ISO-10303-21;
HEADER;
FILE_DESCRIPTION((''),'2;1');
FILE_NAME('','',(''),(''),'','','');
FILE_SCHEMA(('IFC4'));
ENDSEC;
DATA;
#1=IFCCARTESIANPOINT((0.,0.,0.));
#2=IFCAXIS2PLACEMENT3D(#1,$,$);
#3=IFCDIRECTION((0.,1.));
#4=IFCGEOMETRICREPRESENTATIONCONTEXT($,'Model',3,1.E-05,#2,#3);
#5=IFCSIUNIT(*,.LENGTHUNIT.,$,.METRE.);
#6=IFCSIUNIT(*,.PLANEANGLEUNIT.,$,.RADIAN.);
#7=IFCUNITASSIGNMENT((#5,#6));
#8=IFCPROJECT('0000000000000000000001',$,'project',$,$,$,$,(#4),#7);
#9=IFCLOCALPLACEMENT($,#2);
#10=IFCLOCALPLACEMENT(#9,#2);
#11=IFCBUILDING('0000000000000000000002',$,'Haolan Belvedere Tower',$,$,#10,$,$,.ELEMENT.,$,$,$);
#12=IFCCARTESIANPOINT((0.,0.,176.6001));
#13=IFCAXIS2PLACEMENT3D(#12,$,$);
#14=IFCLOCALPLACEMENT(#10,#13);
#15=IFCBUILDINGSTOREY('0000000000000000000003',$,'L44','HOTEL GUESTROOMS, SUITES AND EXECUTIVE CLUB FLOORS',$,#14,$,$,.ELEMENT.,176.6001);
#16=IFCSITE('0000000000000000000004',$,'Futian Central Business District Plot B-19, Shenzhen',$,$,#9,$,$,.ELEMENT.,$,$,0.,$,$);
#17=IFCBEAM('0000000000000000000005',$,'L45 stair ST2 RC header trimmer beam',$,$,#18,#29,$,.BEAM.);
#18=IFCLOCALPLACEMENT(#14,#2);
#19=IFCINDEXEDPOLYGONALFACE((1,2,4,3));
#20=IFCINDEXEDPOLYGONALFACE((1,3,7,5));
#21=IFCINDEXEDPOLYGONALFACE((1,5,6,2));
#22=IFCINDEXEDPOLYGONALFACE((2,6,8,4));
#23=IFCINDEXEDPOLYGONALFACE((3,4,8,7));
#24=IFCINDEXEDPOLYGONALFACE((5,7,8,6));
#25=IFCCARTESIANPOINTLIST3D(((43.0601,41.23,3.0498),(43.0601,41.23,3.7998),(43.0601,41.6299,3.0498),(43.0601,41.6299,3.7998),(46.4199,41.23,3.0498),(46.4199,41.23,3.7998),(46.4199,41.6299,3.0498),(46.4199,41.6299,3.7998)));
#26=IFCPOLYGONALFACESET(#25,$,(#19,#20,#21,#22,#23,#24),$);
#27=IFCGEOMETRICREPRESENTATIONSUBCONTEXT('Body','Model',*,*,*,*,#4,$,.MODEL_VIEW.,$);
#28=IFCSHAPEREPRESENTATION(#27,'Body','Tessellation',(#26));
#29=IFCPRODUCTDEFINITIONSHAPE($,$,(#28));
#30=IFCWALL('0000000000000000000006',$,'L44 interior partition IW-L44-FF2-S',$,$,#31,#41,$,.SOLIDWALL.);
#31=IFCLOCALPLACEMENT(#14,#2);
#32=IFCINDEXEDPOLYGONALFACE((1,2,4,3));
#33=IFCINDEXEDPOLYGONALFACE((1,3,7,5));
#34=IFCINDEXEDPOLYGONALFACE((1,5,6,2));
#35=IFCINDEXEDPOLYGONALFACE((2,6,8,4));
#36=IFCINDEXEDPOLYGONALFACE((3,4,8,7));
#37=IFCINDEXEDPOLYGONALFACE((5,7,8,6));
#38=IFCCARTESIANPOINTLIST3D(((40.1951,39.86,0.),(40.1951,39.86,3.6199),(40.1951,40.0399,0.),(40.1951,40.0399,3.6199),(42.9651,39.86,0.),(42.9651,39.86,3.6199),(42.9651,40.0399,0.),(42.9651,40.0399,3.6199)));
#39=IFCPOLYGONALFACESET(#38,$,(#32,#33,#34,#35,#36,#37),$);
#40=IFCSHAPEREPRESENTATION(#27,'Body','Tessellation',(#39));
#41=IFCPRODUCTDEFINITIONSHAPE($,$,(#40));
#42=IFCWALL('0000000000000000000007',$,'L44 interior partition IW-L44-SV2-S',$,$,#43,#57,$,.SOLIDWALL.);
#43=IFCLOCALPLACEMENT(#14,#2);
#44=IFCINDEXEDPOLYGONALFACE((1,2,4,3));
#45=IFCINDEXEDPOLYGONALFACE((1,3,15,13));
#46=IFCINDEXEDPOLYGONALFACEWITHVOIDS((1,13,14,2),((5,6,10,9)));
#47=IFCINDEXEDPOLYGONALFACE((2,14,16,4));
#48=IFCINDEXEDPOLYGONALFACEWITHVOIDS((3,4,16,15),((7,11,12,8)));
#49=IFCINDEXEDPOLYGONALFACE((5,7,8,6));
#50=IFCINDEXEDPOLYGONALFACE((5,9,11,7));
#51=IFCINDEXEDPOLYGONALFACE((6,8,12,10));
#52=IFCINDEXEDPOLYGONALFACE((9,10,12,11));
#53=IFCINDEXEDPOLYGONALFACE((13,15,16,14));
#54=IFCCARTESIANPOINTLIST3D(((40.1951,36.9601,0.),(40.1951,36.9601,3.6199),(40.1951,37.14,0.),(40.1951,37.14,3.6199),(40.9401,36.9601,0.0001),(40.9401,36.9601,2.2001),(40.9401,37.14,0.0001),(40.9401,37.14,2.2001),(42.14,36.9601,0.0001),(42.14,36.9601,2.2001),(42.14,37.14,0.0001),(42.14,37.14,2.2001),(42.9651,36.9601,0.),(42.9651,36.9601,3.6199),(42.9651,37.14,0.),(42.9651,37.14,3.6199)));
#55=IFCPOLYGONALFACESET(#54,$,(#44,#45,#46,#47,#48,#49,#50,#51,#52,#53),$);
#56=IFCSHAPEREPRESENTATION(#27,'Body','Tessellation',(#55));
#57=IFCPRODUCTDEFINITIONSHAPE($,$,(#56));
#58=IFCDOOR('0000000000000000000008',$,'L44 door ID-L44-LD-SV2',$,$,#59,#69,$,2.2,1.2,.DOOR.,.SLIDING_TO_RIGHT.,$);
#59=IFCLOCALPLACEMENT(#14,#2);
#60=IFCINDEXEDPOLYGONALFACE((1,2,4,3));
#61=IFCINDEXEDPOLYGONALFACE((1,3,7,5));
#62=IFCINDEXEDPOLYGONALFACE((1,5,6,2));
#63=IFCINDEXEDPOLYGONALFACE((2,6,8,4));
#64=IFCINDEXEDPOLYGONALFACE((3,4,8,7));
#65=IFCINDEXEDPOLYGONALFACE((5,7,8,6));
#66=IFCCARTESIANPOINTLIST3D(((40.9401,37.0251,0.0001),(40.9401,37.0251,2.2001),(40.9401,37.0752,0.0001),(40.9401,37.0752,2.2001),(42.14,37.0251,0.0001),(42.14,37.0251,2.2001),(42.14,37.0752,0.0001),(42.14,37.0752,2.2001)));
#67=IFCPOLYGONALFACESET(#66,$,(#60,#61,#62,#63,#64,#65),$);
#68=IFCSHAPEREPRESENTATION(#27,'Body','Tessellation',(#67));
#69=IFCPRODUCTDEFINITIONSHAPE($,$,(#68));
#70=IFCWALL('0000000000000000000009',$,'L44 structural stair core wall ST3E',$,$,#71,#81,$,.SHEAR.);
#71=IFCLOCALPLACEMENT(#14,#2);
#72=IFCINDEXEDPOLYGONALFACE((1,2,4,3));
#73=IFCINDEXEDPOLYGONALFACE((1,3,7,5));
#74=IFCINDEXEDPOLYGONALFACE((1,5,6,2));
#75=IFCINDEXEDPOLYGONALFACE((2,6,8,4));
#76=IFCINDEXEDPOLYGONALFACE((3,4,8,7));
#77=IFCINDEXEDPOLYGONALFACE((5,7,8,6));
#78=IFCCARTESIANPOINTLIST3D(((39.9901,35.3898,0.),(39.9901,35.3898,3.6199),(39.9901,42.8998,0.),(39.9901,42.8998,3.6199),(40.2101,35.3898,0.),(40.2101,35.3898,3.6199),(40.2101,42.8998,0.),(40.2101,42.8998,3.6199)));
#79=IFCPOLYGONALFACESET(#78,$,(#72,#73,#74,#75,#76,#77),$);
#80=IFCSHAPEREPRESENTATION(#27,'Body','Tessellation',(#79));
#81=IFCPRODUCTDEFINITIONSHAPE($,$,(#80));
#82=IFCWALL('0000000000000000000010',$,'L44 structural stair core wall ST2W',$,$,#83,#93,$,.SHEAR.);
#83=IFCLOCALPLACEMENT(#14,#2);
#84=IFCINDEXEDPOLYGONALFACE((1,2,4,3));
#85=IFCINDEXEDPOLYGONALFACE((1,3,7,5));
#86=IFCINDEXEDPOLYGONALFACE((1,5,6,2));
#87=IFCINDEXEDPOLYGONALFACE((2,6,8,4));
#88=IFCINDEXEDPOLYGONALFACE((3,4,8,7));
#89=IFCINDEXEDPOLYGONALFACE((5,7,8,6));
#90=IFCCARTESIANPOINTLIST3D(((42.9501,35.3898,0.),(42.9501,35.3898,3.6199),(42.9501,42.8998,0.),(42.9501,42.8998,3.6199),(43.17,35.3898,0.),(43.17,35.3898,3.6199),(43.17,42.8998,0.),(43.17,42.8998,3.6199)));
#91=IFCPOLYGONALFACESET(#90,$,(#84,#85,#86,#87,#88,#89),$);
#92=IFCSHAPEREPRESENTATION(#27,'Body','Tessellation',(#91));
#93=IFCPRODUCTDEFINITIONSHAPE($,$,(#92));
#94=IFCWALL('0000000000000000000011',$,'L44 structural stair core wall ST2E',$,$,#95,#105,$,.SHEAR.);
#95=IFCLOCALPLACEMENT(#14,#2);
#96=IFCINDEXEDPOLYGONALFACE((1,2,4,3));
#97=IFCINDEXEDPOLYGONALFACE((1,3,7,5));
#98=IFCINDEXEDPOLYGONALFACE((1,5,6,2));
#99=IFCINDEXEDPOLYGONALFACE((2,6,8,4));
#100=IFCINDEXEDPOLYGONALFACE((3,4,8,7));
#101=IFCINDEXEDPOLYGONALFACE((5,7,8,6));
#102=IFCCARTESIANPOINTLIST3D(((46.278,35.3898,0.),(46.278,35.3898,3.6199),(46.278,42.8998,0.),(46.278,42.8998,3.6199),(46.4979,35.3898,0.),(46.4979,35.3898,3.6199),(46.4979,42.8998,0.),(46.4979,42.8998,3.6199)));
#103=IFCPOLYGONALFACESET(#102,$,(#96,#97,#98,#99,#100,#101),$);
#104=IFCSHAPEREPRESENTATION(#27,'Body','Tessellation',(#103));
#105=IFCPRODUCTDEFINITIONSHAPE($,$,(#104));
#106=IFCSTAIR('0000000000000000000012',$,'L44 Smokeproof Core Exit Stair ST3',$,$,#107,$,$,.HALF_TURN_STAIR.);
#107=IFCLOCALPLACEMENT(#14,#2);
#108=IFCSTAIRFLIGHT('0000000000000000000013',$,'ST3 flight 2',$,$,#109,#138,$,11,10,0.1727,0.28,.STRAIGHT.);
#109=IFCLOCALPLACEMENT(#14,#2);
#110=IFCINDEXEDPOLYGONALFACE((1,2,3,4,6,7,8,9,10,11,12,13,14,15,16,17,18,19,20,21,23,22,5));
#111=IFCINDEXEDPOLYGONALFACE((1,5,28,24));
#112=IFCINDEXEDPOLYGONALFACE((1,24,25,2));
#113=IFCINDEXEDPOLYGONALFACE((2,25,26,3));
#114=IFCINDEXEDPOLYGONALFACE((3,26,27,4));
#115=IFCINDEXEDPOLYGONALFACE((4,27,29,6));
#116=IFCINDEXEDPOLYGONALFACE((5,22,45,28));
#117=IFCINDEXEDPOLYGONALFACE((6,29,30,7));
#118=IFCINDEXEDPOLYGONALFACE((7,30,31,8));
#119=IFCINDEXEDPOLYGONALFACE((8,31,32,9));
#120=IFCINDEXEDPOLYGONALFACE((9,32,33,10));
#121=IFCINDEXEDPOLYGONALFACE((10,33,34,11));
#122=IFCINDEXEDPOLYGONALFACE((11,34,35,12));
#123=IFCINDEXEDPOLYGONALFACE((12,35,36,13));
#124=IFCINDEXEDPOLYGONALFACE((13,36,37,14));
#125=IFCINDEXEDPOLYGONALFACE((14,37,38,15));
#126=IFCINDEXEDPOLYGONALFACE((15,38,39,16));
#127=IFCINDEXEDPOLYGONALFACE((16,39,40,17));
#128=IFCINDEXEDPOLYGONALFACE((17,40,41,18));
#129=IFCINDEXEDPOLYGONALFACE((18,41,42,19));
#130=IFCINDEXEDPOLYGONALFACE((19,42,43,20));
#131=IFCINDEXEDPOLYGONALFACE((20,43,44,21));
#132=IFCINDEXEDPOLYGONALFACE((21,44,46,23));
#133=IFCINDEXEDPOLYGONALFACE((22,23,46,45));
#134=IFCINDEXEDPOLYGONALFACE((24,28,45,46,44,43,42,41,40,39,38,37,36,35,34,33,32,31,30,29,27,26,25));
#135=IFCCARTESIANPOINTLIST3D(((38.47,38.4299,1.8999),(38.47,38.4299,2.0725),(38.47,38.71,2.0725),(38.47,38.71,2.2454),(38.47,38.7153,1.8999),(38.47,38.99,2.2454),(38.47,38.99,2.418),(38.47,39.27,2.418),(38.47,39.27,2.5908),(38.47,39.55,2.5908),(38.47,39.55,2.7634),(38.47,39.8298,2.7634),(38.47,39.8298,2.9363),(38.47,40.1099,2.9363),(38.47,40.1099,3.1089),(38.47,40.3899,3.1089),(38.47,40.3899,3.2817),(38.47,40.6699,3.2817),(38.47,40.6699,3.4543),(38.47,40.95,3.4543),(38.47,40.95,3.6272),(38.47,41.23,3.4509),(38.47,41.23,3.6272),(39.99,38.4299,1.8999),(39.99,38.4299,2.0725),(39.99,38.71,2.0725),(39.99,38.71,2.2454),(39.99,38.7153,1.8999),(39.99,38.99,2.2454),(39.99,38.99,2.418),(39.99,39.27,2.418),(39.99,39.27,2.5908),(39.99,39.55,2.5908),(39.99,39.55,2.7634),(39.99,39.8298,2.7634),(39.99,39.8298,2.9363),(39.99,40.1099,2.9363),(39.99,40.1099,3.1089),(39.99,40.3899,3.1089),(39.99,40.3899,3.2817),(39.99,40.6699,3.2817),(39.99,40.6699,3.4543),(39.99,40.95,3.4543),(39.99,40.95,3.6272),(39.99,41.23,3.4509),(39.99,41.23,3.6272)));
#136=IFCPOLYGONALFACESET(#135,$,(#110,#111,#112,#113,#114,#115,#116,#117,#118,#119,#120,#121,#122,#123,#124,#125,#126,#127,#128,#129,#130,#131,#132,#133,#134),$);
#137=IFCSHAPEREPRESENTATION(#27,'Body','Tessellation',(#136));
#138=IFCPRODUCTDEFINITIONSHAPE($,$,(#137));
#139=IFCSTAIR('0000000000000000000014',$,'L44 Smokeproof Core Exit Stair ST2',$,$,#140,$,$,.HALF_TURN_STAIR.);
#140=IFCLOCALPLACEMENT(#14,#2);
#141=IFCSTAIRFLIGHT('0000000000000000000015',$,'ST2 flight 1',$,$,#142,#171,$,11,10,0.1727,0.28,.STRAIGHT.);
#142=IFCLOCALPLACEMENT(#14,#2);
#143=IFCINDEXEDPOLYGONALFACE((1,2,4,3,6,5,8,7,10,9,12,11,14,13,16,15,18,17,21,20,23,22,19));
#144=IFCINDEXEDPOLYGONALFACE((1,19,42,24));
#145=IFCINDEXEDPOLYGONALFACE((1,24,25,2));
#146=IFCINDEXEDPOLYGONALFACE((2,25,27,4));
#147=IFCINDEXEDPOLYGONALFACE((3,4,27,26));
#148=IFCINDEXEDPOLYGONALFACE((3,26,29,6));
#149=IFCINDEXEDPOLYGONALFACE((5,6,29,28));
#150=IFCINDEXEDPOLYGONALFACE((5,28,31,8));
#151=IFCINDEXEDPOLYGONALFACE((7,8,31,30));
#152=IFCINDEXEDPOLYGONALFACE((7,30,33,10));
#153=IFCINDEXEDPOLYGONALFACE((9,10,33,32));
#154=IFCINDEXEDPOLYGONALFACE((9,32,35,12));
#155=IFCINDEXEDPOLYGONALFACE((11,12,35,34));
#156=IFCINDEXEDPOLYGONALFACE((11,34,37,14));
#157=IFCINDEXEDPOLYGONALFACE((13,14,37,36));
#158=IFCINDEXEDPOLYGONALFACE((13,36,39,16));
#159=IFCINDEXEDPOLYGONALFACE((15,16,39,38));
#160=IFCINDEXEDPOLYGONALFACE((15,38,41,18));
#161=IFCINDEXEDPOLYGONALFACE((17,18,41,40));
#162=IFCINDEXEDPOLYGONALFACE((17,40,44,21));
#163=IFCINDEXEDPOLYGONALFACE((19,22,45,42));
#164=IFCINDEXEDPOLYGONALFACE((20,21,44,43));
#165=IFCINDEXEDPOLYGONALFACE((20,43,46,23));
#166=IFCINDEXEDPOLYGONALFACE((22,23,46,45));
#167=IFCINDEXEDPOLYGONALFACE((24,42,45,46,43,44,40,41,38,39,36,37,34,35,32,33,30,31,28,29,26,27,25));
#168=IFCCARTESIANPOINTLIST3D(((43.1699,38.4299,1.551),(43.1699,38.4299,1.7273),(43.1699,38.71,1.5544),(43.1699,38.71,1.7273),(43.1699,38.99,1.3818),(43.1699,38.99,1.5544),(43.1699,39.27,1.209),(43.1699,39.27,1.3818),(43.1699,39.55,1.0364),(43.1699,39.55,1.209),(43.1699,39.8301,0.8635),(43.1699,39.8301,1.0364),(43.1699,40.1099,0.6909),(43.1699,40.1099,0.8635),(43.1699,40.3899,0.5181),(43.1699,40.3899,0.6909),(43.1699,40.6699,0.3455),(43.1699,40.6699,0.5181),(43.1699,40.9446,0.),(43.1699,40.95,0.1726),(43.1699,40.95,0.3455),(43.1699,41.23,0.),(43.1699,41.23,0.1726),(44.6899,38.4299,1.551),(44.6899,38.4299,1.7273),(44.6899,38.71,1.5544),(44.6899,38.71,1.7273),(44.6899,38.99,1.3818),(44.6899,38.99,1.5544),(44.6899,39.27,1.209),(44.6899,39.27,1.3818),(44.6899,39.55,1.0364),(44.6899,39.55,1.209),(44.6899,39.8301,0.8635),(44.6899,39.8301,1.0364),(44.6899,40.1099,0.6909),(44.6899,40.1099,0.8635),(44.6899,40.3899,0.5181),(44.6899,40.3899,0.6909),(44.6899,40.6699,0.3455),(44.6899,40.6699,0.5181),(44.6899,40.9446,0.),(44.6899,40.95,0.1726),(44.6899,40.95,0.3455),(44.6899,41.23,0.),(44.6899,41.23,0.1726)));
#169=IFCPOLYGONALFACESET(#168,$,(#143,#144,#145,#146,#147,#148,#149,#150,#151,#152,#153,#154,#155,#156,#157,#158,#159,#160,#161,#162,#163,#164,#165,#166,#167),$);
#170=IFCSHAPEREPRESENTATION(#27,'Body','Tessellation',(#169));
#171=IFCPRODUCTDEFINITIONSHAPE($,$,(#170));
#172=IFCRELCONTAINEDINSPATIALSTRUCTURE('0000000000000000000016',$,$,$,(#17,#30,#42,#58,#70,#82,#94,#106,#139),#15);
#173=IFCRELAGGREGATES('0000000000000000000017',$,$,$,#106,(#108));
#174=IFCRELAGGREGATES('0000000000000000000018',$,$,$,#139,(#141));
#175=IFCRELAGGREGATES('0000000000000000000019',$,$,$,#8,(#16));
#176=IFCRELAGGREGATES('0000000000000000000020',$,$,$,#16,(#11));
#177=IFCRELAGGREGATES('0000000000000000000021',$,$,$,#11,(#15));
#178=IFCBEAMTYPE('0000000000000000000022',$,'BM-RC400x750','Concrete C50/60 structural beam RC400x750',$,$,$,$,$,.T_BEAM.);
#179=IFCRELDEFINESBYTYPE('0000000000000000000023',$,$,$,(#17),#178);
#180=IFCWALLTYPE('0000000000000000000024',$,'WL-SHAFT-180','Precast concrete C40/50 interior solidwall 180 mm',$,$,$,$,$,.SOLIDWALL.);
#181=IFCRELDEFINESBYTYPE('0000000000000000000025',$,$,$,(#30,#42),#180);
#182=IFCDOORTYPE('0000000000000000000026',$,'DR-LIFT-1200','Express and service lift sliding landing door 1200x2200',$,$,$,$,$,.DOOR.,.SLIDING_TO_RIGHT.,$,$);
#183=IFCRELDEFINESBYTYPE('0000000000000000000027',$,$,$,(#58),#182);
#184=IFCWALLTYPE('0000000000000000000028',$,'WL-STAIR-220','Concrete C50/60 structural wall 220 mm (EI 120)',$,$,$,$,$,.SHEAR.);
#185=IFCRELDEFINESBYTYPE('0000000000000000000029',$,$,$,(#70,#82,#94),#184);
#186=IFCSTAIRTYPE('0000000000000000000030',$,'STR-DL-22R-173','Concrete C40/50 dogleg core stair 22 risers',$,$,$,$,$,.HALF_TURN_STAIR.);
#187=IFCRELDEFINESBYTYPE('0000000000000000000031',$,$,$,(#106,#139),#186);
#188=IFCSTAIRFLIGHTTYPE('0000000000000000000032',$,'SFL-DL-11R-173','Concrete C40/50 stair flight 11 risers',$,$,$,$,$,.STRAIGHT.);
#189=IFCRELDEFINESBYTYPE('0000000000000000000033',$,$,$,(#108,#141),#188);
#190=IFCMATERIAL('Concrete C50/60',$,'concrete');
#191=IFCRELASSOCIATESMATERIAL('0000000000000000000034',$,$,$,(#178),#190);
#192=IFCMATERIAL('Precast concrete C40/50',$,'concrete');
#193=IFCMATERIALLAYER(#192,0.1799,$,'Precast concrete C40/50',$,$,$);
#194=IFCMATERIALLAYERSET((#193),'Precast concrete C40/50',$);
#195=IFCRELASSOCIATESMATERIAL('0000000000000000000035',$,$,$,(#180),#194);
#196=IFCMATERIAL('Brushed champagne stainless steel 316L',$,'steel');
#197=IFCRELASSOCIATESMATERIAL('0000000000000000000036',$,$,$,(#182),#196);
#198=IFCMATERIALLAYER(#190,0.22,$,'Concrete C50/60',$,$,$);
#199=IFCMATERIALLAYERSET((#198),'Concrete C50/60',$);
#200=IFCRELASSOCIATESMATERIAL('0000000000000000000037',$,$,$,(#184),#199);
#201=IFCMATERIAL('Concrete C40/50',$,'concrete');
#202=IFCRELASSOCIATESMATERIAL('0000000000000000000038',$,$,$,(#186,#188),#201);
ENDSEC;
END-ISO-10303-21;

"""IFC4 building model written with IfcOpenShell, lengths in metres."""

from ifc_helpers import new_model, si_unit, direction, frame, frame_2d, origin, origin_2d, place, context, subcontext, project, spatial, polyline, rectangle, outline, extrude, material, layer, layer_set, material_profile, profile_set, type_object, element, fill, aggregate, save


model = new_model("IFC4")

# Units and contexts
model_context = context("Model", 3, precision=1e-05, world=origin(), true_north=direction((0.0, 1.0)))
body_context = subcontext(model_context, "Body", "Model", "MODEL_VIEW")
ifc_project = project(units=[si_unit("LENGTHUNIT", "METRE"), si_unit("PLANEANGLEUNIT", "RADIAN")], contexts=[model_context])

# Site, building, storey
site_placement = place(None, origin())
site = spatial("IfcSite", under=ifc_project, at=site_placement, Name="Futian Central Business District Plot B-19, Shenzhen", CompositionType="ELEMENT", RefElevation=0.0)
building_placement = place(site_placement, origin())
building = spatial("IfcBuilding", under=site, at=building_placement, Name="Haolan Belvedere Tower", CompositionType="ELEMENT")
storey_placement = place(building_placement, frame((0.0, 0.0, 176.6001)))
storey = spatial("IfcBuildingStorey", under=building, at=storey_placement, Name="L44", Description="HOTEL GUESTROOMS, SUITES AND EXECUTIVE CLUB FLOORS", CompositionType="ELEMENT", Elevation=176.6001)

# Beam
ifc_material_1 = material(Name="Concrete C50/60", Category="concrete")
ifc_material_profile = material_profile(ifc_material_1, rectangle(XDim=0.3999, YDim=0.75, at=origin_2d()), Name="Concrete C50/60")
ifc_profile_set = profile_set([ifc_material_profile], Name="Concrete C50/60")
beam_type = type_object("IfcBeamType", Name="BM-RC400x750", Description="Concrete C50/60 structural beam RC400x750", PredefinedType="T_BEAM", material=ifc_profile_set)
beam_placement = place(storey_placement, frame((43.0601, 41.4299, 3.4248), z_axis=(1.0, 0.0, 0.0), x_axis=(0.0, 1.0, 0.0)))
element("IfcBeam", 1, at=beam_placement, inside=storey, type_object=beam_type, Name="L45 stair ST2 RC header trimmer beam", PredefinedType="BEAM", context=body_context, shape_type="SweptSolid", body=[
    extrude(rectangle(XDim=0.3999, YDim=0.75, at=origin_2d()), origin(), (0.0, 0.0, 1.0), 3.3599),
])

# Wall
ifc_material_2 = material(Name="Precast concrete C40/50", Category="concrete")
ifc_layer_1 = layer(ifc_material_2, 0.1799, Name="Precast concrete C40/50")
ifc_layer_set_1 = layer_set([ifc_layer_1], Name="Precast concrete C40/50")
wall_type_1 = type_object("IfcWallType", Name="WL-SHAFT-180", Description="Precast concrete C40/50 interior solidwall 180 mm", PredefinedType="SOLIDWALL", material=ifc_layer_set_1)
wall_1_placement = place(storey_placement, frame((40.1951, 39.95, 0.0), z_axis=(0.0, 0.0, 1.0), x_axis=(1.0, 0.0, 0.0)))
element("IfcWall", 2, at=wall_1_placement, inside=storey, type_object=wall_type_1, Name="L44 interior partition IW-L44-FF2-S", PredefinedType="SOLIDWALL", context=body_context, shape_type="SweptSolid", body=[
    extrude(rectangle(XDim=2.77, YDim=0.1799, at=frame_2d((1.385, 0.0))), origin(), (0.0, 0.0, 1.0), 3.6199),
])

# Wall, opening, door
wall_2_placement = place(storey_placement, frame((40.1951, 37.05, 0.0), z_axis=(0.0, 0.0, 1.0), x_axis=(1.0, 0.0, 0.0)))
wall_2 = element("IfcWall", 3, at=wall_2_placement, inside=storey, type_object=wall_type_1, Name="L44 interior partition IW-L44-SV2-S", PredefinedType="SOLIDWALL", context=body_context, shape_type="SweptSolid", body=[
    extrude(rectangle(XDim=2.77, YDim=0.1799, at=frame_2d((1.385, 0.0))), origin(), (0.0, 0.0, 1.0), 3.6199),
])
opening_placement = place(wall_2_placement, frame((1.9451, 0.0, 0.0), z_axis=(0.0, 0.0, 1.0), x_axis=(-1.0, 0.0, 0.0)))
opening = element("IfcOpeningElement", 4, at=opening_placement, cuts=wall_2, PredefinedType="OPENING", context=body_context, shape_type="SweptSolid", body=[
    extrude(rectangle(XDim=1.2, YDim=2.2, at=frame_2d((0.6001, 1.1001))), frame((0.0, 0.0999, 0.0), z_axis=(0.0, -1.0, 0.0), x_axis=(1.0, 0.0, 0.0)), (0.0, 0.0, 1.0), 0.2),
])
ifc_material_3 = material(Name="Brushed champagne stainless steel 316L", Category="steel")
door_type = type_object("IfcDoorType", Name="DR-LIFT-1200", Description="Express and service lift sliding landing door 1200x2200", OperationType="SLIDING_TO_RIGHT", PredefinedType="DOOR", material=ifc_material_3)
door_placement = place(opening_placement, origin())
door = element("IfcDoor", 5, at=door_placement, inside=storey, type_object=door_type, Name="L44 door ID-L44-LD-SV2", OperationType="SLIDING_TO_RIGHT", OverallHeight=2.2, OverallWidth=1.2, PredefinedType="DOOR", context=body_context, shape_type="SweptSolid", body=[
    extrude(rectangle(XDim=1.2, YDim=2.2, at=frame_2d((0.6001, 1.1001))), frame((0.0, 0.0249, 0.0), z_axis=(0.0, -1.0, 0.0), x_axis=(1.0, 0.0, 0.0)), (0.0, 0.0, 1.0), 0.05),
])
fill(opening, door)

# Walls
ifc_layer_2 = layer(ifc_material_1, 0.22, Name="Concrete C50/60")
ifc_layer_set_2 = layer_set([ifc_layer_2], Name="Concrete C50/60")
wall_type_2 = type_object("IfcWallType", Name="WL-STAIR-220", Description="Concrete C50/60 structural wall 220 mm (EI 120)", PredefinedType="SHEAR", material=ifc_layer_set_2)
for number, where, z_axis, x_axis, name in (
    (6, (40.1001, 35.3899, 0.0), (0.0, 0.0, 1.0), (0.0, 1.0, 0.0), "L44 structural stair core wall ST3E"),
    (7, (43.0601, 35.3899, 0.0), (0.0, 0.0, 1.0), (0.0, 1.0, 0.0), "L44 structural stair core wall ST2W"),
    (8, (46.3879, 35.3899, 0.0), (0.0, 0.0, 1.0), (0.0, 1.0, 0.0), "L44 structural stair core wall ST2E"),
):
    element("IfcWall", number, at=place(storey_placement, frame(where, z_axis=z_axis, x_axis=x_axis)), inside=storey, type_object=wall_type_2, Name=name, PredefinedType="SHEAR", context=body_context, shape_type="SweptSolid", body=[
        extrude(rectangle(XDim=7.51, YDim=0.22, at=frame_2d((3.7549, 0.0))), origin(), (0.0, 0.0, 1.0), 3.6199),
    ])

# Stair, stair flight
ifc_material_4 = material(Name="Concrete C40/50", Category="concrete")
stair_type = type_object("IfcStairType", Name="STR-DL-22R-173", Description="Concrete C40/50 dogleg core stair 22 risers", PredefinedType="HALF_TURN_STAIR", material=ifc_material_4)
stair_1_placement = place(storey_placement, origin())
stair_1 = element("IfcStair", 9, at=stair_1_placement, inside=storey, type_object=stair_type, Name="L44 Smokeproof Core Exit Stair ST3", PredefinedType="HALF_TURN_STAIR")
stair_flight_type = type_object("IfcStairFlightType", Name="SFL-DL-11R-173", Description="Concrete C40/50 stair flight 11 risers", PredefinedType="STRAIGHT", material=ifc_material_4)
stair_flight_1_placement = place(storey_placement, frame((39.23, 38.4299, 1.8999), z_axis=(0.0, 0.0, 1.0), x_axis=(0.0, 1.0, 0.0)))
stair_flight_1 = element("IfcStairFlight", 10, at=stair_flight_1_placement, type_object=stair_flight_type, Name="ST3 flight 2", NumberOfRisers=11, NumberOfTreads=10, PredefinedType="STRAIGHT", RiserHeight=0.1727, TreadLength=0.28, context=body_context, shape_type="SweptSolid", body=[
    extrude(outline(polyline([(0.0, 0.0), (0.0, 0.1726), (0.28, 0.1726), (0.28, 0.3455), (0.5601, 0.3455), (0.5601, 0.5181), (0.8401, 0.5181), (0.8401, 0.6909), (1.1201, 0.6909), (1.1201, 0.8635), (1.3999, 0.8635), (1.3999, 1.0364), (1.6799, 1.0364), (1.6799, 1.209), (1.96, 1.209), (1.96, 1.3818), (2.24, 1.3818), (2.24, 1.5544), (2.52, 1.5544), (2.52, 1.7273), (2.8, 1.7273), (2.8, 1.8999), (2.8, 1.551), (0.2854, 0.0), (0.0, 0.0)])), frame((0.0, 0.76, 0.0), z_axis=(0.0, -1.0, 0.0), x_axis=(1.0, 0.0, 0.0)), (0.0, 0.0, 1.0), 1.52),
])
aggregate(stair_1, [stair_flight_1])

# Stair, stair flight
stair_2_placement = place(storey_placement, origin())
stair_2 = element("IfcStair", 11, at=stair_2_placement, inside=storey, type_object=stair_type, Name="L44 Smokeproof Core Exit Stair ST2", PredefinedType="HALF_TURN_STAIR")
stair_flight_2_placement = place(storey_placement, frame((43.9299, 41.23, 0.0), z_axis=(0.0, 0.0, 1.0), x_axis=(0.0, -1.0, 0.0)))
stair_flight_2 = element("IfcStairFlight", 12, at=stair_flight_2_placement, type_object=stair_flight_type, Name="ST2 flight 1", NumberOfRisers=11, NumberOfTreads=10, PredefinedType="STRAIGHT", RiserHeight=0.1727, TreadLength=0.28, context=body_context, shape_type="SweptSolid", body=[
    extrude(outline(polyline([(0.0, 0.0), (0.0, 0.1726), (0.28, 0.1726), (0.28, 0.3455), (0.5601, 0.3455), (0.5601, 0.5181), (0.8401, 0.5181), (0.8401, 0.6909), (1.1201, 0.6909), (1.1201, 0.8635), (1.3999, 0.8635), (1.3999, 1.0364), (1.6799, 1.0364), (1.6799, 1.209), (1.96, 1.209), (1.96, 1.3818), (2.24, 1.3818), (2.24, 1.5544), (2.52, 1.5544), (2.52, 1.7273), (2.8, 1.7273), (2.8, 1.8999), (2.8, 1.551), (0.2854, 0.0), (0.0, 0.0)])), frame((0.0, 0.76, 0.0), z_axis=(0.0, -1.0, 0.0), x_axis=(1.0, 0.0, 0.0)), (0.0, 0.0, 1.0), 1.52),
])
aggregate(stair_2, [stair_flight_2])

save(model, "model.ifc")
